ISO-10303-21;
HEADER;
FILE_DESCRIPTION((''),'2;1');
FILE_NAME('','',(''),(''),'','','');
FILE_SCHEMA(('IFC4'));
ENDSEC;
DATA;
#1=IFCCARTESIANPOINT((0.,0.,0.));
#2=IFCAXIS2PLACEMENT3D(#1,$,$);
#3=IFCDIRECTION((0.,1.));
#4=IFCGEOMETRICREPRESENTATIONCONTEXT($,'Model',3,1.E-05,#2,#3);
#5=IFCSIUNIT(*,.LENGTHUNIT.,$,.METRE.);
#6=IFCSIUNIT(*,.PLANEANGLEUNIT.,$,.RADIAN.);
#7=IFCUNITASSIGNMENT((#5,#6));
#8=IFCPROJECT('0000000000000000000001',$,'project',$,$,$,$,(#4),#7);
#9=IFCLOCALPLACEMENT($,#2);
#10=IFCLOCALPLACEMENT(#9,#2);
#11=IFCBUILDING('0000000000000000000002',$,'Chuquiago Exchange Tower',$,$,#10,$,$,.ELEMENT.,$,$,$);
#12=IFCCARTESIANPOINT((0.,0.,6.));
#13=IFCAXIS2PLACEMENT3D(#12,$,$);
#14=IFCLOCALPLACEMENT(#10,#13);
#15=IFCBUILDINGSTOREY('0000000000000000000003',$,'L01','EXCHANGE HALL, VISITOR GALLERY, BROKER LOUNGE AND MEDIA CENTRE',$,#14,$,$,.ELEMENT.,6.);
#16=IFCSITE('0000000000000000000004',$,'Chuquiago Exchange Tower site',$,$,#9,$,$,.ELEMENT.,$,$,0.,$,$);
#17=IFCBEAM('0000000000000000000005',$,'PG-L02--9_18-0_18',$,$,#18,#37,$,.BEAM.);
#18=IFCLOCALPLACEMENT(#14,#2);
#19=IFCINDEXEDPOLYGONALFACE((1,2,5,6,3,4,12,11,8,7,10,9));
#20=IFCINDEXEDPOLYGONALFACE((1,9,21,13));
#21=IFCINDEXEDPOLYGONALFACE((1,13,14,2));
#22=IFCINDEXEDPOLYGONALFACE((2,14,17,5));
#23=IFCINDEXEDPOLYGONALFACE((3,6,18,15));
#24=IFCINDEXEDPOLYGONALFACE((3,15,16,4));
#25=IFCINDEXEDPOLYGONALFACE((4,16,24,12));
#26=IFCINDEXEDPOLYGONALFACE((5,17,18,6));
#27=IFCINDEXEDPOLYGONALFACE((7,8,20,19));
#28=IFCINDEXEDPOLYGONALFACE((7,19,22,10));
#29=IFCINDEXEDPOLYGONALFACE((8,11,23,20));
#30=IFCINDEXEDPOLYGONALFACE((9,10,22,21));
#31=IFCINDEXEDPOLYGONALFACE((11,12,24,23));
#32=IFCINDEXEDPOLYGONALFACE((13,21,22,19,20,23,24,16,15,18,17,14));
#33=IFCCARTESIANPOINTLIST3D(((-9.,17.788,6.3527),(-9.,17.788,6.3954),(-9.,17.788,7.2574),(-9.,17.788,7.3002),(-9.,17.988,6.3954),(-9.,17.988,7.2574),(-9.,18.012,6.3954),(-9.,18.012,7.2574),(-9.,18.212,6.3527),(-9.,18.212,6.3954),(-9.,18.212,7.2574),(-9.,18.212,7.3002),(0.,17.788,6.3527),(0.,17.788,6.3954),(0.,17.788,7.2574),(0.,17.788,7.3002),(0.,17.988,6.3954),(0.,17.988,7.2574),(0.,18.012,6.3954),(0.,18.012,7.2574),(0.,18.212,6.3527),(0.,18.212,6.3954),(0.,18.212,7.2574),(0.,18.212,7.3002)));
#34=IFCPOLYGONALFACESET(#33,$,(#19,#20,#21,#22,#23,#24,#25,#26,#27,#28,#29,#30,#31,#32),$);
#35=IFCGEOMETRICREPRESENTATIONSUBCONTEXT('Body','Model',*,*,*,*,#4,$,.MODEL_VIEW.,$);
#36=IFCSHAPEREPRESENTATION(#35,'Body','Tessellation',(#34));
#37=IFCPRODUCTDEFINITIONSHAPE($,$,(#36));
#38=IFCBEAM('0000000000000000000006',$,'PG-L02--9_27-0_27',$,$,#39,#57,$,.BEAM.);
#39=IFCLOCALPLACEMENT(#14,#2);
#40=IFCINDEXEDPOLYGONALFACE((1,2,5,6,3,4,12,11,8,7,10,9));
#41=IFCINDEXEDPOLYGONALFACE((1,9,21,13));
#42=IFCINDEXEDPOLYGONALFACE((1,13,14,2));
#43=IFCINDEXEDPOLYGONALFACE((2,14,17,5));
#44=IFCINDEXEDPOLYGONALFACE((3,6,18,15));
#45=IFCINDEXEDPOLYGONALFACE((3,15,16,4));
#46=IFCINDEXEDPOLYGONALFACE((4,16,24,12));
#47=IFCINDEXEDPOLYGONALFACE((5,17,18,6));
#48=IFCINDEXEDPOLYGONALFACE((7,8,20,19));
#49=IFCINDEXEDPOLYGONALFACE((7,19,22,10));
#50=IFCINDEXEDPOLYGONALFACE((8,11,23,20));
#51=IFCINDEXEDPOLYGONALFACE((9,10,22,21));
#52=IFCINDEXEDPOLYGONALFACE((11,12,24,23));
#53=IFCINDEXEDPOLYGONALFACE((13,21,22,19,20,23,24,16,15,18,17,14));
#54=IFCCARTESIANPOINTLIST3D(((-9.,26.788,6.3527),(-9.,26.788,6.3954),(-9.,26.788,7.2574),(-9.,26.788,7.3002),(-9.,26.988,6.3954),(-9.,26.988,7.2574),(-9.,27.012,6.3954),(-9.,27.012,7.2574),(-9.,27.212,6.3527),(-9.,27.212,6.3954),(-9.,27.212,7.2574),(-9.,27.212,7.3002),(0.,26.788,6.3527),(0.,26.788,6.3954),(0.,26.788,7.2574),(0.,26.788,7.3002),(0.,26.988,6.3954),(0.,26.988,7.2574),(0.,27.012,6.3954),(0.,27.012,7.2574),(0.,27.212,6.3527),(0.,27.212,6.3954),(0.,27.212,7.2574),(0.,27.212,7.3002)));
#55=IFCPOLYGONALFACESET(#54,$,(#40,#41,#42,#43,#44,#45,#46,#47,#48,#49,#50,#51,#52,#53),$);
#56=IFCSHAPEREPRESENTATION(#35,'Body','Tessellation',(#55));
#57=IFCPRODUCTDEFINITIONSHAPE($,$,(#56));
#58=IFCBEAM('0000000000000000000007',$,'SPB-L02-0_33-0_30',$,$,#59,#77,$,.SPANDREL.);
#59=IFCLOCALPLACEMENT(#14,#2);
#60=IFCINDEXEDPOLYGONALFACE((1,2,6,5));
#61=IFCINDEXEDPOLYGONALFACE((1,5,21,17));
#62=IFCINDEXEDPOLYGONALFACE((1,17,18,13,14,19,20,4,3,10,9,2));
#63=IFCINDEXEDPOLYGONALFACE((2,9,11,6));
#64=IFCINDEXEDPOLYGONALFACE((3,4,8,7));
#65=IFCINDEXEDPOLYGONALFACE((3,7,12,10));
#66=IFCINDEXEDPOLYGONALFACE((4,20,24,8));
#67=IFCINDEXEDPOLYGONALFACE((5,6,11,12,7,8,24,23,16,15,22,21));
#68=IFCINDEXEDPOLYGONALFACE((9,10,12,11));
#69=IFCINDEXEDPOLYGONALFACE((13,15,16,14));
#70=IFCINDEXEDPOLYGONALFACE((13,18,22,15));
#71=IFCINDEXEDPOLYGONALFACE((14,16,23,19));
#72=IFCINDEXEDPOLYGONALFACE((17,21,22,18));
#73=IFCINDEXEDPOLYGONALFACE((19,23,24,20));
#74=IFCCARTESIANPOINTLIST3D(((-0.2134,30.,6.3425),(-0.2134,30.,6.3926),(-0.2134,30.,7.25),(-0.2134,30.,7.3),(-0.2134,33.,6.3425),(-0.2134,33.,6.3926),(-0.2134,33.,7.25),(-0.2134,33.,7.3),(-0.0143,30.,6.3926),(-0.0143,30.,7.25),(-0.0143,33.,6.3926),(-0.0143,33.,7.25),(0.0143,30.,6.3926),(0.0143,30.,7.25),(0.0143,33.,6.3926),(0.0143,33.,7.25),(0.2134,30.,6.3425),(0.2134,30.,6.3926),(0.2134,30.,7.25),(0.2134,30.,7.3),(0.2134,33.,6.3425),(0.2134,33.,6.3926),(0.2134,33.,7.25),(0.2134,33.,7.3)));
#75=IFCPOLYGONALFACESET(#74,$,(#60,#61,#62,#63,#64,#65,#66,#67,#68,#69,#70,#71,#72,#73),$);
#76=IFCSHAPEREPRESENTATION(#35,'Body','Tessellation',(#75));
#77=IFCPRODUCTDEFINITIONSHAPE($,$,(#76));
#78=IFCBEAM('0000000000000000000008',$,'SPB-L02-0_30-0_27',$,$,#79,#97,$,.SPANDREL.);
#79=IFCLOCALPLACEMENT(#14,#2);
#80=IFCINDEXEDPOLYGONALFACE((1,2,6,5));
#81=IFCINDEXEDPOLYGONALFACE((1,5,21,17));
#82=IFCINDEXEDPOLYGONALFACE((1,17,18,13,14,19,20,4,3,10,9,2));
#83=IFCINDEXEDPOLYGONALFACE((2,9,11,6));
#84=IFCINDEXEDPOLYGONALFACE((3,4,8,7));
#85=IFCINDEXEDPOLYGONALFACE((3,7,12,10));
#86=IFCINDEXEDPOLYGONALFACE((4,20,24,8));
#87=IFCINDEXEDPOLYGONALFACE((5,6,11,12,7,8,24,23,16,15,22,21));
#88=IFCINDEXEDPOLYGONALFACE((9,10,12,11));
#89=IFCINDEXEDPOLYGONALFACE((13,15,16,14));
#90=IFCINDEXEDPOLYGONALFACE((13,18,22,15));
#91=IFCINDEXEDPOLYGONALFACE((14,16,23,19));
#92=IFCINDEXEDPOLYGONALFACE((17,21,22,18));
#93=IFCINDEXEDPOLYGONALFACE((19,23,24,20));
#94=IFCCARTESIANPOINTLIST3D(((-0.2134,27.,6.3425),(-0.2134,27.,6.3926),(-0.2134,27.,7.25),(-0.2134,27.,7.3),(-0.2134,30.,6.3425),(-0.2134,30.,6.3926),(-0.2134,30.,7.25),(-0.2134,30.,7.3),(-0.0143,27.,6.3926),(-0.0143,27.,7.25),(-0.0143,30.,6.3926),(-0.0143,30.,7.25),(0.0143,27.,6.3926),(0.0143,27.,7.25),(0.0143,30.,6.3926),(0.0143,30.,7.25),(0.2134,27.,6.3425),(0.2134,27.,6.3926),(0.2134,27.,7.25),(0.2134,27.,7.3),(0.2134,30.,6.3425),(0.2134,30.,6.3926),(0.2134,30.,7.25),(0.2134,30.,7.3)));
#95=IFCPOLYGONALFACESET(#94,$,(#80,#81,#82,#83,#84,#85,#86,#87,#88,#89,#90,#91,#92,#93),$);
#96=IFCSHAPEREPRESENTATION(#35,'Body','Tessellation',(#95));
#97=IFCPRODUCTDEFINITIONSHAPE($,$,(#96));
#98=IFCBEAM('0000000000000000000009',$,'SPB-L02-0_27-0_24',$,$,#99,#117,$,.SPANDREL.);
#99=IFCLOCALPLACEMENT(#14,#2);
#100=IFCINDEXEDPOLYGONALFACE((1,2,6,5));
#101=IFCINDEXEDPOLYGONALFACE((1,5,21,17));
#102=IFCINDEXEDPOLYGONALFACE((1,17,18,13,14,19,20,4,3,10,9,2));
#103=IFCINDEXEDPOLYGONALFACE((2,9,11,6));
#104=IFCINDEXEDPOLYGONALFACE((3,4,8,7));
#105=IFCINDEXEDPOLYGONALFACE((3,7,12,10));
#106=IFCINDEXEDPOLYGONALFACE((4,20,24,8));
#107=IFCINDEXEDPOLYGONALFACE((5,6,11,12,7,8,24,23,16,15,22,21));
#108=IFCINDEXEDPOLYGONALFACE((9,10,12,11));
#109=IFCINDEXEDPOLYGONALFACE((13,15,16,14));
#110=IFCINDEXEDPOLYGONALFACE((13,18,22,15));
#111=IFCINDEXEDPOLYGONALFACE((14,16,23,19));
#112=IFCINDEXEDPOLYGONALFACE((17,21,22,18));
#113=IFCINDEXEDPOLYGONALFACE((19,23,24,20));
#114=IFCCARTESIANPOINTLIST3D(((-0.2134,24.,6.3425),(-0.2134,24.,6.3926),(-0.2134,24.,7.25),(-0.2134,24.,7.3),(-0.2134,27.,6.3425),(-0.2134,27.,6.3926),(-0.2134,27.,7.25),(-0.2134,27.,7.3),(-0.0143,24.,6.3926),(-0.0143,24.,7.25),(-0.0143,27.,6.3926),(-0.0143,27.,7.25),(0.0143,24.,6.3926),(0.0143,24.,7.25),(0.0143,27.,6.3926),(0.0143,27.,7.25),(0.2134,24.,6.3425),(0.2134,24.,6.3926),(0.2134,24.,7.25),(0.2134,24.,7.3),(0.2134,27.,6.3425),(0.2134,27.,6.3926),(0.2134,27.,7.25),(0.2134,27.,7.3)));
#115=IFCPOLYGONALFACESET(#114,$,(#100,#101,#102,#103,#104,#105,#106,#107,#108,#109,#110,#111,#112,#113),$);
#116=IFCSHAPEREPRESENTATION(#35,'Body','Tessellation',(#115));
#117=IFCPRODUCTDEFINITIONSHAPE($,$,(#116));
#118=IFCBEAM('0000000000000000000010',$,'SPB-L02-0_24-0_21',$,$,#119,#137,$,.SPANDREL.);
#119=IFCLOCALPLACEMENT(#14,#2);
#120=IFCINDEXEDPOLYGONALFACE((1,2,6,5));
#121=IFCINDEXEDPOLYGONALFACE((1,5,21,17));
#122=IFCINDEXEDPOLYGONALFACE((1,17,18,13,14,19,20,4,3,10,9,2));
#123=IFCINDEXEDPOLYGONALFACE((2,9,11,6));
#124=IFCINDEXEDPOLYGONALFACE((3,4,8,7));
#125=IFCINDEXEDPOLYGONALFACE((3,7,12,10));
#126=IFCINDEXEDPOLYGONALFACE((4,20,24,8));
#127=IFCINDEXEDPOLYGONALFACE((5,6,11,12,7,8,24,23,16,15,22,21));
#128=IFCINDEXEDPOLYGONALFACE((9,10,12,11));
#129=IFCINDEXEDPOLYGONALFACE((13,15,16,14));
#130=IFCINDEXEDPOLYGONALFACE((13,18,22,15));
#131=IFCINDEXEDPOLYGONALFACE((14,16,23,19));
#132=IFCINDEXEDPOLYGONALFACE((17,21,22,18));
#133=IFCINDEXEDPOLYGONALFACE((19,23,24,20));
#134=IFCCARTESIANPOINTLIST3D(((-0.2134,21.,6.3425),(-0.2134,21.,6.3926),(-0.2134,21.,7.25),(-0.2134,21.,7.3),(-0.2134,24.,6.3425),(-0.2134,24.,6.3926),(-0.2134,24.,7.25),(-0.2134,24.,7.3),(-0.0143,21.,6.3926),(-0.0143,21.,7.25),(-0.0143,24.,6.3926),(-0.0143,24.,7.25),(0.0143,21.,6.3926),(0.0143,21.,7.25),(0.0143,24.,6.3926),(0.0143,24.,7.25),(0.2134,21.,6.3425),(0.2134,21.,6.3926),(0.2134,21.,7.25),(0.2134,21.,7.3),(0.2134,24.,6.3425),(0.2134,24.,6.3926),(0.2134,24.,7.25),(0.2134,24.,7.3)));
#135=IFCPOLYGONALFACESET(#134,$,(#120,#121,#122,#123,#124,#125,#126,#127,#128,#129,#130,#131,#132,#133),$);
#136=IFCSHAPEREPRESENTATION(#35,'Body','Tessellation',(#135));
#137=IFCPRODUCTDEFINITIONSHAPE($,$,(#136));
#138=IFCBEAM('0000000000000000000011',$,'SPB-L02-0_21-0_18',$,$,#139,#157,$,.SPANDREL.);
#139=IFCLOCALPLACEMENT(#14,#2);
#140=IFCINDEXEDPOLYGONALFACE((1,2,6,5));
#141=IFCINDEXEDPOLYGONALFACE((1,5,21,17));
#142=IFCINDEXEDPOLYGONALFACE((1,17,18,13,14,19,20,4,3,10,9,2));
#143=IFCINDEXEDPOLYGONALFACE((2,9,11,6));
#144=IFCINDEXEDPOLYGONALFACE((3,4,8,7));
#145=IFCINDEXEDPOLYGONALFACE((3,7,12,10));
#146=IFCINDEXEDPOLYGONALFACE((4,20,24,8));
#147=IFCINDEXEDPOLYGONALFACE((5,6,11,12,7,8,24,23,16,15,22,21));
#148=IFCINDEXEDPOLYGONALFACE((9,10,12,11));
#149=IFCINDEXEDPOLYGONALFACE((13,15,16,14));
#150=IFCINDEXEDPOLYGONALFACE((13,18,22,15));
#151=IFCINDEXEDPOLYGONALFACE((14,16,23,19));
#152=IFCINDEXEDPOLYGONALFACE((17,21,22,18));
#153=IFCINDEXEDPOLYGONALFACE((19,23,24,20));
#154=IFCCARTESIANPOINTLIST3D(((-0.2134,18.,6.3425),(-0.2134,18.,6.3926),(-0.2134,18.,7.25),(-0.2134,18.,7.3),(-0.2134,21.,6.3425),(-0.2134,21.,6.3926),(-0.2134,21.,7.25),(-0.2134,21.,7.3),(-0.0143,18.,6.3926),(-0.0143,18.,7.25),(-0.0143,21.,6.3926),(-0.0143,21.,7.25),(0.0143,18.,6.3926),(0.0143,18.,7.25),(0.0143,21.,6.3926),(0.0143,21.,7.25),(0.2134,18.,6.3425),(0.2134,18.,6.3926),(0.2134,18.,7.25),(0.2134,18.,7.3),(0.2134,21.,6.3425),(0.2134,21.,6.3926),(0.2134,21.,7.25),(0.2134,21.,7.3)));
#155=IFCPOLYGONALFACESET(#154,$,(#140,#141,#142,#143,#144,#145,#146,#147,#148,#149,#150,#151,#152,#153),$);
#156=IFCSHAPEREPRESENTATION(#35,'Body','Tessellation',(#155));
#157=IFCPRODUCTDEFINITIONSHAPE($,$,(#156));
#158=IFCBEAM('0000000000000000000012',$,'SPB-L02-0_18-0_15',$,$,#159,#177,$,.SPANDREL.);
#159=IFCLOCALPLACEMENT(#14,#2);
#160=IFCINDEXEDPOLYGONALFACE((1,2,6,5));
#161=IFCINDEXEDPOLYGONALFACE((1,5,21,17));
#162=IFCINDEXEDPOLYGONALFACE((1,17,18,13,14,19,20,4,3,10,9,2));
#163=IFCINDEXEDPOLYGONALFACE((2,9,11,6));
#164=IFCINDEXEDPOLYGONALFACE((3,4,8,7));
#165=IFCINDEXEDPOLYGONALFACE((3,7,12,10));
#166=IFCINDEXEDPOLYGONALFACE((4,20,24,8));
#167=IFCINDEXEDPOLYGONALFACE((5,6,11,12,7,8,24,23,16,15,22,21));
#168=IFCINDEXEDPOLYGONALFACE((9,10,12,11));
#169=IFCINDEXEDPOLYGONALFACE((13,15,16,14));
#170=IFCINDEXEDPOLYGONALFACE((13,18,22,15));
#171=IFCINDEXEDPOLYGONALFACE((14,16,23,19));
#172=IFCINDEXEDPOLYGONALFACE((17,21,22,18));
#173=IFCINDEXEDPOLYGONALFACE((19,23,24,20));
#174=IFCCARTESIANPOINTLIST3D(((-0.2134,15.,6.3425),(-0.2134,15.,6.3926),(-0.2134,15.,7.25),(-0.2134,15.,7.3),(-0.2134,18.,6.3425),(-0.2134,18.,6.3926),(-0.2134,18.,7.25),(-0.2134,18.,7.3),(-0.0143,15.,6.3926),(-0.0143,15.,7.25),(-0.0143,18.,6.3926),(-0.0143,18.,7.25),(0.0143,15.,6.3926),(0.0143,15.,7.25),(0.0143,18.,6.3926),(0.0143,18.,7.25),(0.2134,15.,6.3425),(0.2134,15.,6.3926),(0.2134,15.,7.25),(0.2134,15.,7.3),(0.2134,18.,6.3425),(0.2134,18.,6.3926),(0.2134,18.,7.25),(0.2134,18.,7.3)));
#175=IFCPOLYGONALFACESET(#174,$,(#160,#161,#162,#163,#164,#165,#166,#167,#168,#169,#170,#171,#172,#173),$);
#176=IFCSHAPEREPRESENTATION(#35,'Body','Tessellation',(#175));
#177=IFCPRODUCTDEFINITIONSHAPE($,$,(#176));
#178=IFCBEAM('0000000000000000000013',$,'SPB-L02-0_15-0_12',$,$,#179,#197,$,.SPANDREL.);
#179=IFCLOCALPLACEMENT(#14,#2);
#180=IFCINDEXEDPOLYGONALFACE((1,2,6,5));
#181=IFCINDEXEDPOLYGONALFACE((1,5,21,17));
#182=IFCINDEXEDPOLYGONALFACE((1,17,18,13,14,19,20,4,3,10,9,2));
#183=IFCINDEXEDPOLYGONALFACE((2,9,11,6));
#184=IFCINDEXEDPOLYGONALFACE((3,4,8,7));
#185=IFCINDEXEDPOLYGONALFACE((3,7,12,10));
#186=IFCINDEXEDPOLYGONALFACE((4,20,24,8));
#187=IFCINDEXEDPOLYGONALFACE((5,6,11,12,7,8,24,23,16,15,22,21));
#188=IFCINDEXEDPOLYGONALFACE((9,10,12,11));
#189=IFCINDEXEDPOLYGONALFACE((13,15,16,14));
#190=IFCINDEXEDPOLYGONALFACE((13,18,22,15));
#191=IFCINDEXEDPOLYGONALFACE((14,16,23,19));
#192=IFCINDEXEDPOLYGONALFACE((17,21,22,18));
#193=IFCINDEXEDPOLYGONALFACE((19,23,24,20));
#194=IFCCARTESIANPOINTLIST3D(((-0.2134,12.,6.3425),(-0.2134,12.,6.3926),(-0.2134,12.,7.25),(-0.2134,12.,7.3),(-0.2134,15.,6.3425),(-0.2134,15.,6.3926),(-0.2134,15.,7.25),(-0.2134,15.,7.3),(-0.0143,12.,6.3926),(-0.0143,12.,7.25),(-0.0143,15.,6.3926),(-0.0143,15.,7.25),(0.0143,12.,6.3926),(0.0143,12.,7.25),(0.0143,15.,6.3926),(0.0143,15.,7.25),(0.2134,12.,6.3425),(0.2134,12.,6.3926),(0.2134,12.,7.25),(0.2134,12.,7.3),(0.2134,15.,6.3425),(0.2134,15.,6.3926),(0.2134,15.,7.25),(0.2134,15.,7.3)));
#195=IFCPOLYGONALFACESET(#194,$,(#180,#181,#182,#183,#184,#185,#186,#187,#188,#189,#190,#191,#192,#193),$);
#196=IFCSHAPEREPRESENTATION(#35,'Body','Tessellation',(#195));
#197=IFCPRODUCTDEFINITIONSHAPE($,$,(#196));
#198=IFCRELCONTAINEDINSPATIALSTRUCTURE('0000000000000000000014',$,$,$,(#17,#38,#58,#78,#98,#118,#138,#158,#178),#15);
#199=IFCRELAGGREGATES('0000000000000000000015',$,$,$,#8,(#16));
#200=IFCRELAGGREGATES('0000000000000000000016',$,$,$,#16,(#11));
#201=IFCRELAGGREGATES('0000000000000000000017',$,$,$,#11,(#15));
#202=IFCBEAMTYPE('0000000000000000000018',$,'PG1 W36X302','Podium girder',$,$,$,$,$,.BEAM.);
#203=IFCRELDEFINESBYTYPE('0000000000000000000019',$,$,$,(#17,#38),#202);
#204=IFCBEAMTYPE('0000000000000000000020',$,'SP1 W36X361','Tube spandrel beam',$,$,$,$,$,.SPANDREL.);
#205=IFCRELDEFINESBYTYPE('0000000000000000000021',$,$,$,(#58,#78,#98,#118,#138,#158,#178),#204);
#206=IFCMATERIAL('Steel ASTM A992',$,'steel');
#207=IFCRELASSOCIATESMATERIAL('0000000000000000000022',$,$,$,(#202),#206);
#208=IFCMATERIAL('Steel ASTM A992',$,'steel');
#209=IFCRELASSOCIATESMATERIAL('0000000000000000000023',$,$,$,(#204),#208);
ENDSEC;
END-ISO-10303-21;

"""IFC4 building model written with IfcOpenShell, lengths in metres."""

from ifc_helpers import new_model, si_unit, direction, frame, origin, origin_2d, place, context, subcontext, project, spatial, i_section, extrude, material, material_profile, profile_set, type_object, element, save


model = new_model("IFC4")

# Units and contexts
model_context = context("Model", 3, precision=1e-05, world=origin(), true_north=direction((0.0, 1.0)))
body_context = subcontext(model_context, "Body", "Model", "MODEL_VIEW")
ifc_project = project(units=[si_unit("LENGTHUNIT", "METRE"), si_unit("PLANEANGLEUNIT", "RADIAN")], contexts=[model_context])

# Site, building, storey
site_placement = place(None, origin())
site = spatial("IfcSite", under=ifc_project, at=site_placement, Name="Chuquiago Exchange Tower site", CompositionType="ELEMENT", RefElevation=0.0)
building_placement = place(site_placement, origin())
building = spatial("IfcBuilding", under=site, at=building_placement, Name="Chuquiago Exchange Tower", CompositionType="ELEMENT")
storey_placement = place(building_placement, frame((0.0, 0.0, 6.0)))
storey = spatial("IfcBuildingStorey", under=building, at=storey_placement, Name="L01", Description="EXCHANGE HALL, VISITOR GALLERY, BROKER LOUNGE AND MEDIA CENTRE", CompositionType="ELEMENT", Elevation=6.0)

# Beams
ifc_material_1 = material(Name="Steel ASTM A992", Category="steel")
ifc_material_profile_1 = material_profile(ifc_material_1, i_section(OverallWidth=0.4241, OverallDepth=0.9475, WebThickness=0.0239, FlangeThickness=0.0427, at=origin_2d()), Name="W36X302")
ifc_profile_set_1 = profile_set([ifc_material_profile_1], Name="Steel ASTM A992")
beam_type_1 = type_object("IfcBeamType", Name="PG1 W36X302", Description="Podium girder", PredefinedType="BEAM", material=ifc_profile_set_1)
for number, where, z_axis, x_axis, name in (
    (1, (-9.0, 18.0, 6.8264), (1.0, 0.0, 0.0), (0.0, 1.0, 0.0), "PG-L02--9_18-0_18"),
    (2, (-9.0, 27.0, 6.8264), (1.0, 0.0, 0.0), (0.0, 1.0, 0.0), "PG-L02--9_27-0_27"),
):
    element("IfcBeam", number, at=place(storey_placement, frame(where, z_axis=z_axis, x_axis=x_axis)), inside=storey, type_object=beam_type_1, Name=name, PredefinedType="BEAM", context=body_context, shape_type="SweptSolid", body=[
        extrude(i_section(OverallWidth=0.4241, OverallDepth=0.9475, WebThickness=0.0239, FlangeThickness=0.0427, at=origin_2d()), origin(), (0.0, 0.0, 1.0), 9.0),
    ])
ifc_material_2 = material(Name="Steel ASTM A992", Category="steel")
ifc_material_profile_2 = material_profile(ifc_material_2, i_section(OverallWidth=0.4268, OverallDepth=0.9575, WebThickness=0.0286, FlangeThickness=0.05, at=origin_2d()), Name="W36X361")
ifc_profile_set_2 = profile_set([ifc_material_profile_2], Name="Steel ASTM A992")
beam_type_2 = type_object("IfcBeamType", Name="SP1 W36X361", Description="Tube spandrel beam", PredefinedType="SPANDREL", material=ifc_profile_set_2)
for number, where, z_axis, x_axis, name in (
    (3, (0.0, 33.0, 6.8213), (0.0, -1.0, 0.0), (1.0, 0.0, 0.0), "SPB-L02-0_33-0_30"),
    (4, (0.0, 30.0, 6.8213), (0.0, -1.0, 0.0), (1.0, 0.0, 0.0), "SPB-L02-0_30-0_27"),
    (5, (0.0, 27.0, 6.8213), (0.0, -1.0, 0.0), (1.0, 0.0, 0.0), "SPB-L02-0_27-0_24"),
    (6, (0.0, 24.0, 6.8213), (0.0, -1.0, 0.0), (1.0, 0.0, 0.0), "SPB-L02-0_24-0_21"),
    (7, (0.0, 21.0, 6.8213), (0.0, -1.0, 0.0), (1.0, 0.0, 0.0), "SPB-L02-0_21-0_18"),
    (8, (0.0, 18.0, 6.8213), (0.0, -1.0, 0.0), (1.0, 0.0, 0.0), "SPB-L02-0_18-0_15"),
    (9, (0.0, 15.0, 6.8213), (0.0, -1.0, 0.0), (1.0, 0.0, 0.0), "SPB-L02-0_15-0_12"),
):
    element("IfcBeam", number, at=place(storey_placement, frame(where, z_axis=z_axis, x_axis=x_axis)), inside=storey, type_object=beam_type_2, Name=name, PredefinedType="SPANDREL", context=body_context, shape_type="SweptSolid", body=[
        extrude(i_section(OverallWidth=0.4268, OverallDepth=0.9575, WebThickness=0.0286, FlangeThickness=0.05, at=origin_2d()), origin(), (0.0, 0.0, 1.0), 3.0),
    ])

save(model, "model.ifc")
